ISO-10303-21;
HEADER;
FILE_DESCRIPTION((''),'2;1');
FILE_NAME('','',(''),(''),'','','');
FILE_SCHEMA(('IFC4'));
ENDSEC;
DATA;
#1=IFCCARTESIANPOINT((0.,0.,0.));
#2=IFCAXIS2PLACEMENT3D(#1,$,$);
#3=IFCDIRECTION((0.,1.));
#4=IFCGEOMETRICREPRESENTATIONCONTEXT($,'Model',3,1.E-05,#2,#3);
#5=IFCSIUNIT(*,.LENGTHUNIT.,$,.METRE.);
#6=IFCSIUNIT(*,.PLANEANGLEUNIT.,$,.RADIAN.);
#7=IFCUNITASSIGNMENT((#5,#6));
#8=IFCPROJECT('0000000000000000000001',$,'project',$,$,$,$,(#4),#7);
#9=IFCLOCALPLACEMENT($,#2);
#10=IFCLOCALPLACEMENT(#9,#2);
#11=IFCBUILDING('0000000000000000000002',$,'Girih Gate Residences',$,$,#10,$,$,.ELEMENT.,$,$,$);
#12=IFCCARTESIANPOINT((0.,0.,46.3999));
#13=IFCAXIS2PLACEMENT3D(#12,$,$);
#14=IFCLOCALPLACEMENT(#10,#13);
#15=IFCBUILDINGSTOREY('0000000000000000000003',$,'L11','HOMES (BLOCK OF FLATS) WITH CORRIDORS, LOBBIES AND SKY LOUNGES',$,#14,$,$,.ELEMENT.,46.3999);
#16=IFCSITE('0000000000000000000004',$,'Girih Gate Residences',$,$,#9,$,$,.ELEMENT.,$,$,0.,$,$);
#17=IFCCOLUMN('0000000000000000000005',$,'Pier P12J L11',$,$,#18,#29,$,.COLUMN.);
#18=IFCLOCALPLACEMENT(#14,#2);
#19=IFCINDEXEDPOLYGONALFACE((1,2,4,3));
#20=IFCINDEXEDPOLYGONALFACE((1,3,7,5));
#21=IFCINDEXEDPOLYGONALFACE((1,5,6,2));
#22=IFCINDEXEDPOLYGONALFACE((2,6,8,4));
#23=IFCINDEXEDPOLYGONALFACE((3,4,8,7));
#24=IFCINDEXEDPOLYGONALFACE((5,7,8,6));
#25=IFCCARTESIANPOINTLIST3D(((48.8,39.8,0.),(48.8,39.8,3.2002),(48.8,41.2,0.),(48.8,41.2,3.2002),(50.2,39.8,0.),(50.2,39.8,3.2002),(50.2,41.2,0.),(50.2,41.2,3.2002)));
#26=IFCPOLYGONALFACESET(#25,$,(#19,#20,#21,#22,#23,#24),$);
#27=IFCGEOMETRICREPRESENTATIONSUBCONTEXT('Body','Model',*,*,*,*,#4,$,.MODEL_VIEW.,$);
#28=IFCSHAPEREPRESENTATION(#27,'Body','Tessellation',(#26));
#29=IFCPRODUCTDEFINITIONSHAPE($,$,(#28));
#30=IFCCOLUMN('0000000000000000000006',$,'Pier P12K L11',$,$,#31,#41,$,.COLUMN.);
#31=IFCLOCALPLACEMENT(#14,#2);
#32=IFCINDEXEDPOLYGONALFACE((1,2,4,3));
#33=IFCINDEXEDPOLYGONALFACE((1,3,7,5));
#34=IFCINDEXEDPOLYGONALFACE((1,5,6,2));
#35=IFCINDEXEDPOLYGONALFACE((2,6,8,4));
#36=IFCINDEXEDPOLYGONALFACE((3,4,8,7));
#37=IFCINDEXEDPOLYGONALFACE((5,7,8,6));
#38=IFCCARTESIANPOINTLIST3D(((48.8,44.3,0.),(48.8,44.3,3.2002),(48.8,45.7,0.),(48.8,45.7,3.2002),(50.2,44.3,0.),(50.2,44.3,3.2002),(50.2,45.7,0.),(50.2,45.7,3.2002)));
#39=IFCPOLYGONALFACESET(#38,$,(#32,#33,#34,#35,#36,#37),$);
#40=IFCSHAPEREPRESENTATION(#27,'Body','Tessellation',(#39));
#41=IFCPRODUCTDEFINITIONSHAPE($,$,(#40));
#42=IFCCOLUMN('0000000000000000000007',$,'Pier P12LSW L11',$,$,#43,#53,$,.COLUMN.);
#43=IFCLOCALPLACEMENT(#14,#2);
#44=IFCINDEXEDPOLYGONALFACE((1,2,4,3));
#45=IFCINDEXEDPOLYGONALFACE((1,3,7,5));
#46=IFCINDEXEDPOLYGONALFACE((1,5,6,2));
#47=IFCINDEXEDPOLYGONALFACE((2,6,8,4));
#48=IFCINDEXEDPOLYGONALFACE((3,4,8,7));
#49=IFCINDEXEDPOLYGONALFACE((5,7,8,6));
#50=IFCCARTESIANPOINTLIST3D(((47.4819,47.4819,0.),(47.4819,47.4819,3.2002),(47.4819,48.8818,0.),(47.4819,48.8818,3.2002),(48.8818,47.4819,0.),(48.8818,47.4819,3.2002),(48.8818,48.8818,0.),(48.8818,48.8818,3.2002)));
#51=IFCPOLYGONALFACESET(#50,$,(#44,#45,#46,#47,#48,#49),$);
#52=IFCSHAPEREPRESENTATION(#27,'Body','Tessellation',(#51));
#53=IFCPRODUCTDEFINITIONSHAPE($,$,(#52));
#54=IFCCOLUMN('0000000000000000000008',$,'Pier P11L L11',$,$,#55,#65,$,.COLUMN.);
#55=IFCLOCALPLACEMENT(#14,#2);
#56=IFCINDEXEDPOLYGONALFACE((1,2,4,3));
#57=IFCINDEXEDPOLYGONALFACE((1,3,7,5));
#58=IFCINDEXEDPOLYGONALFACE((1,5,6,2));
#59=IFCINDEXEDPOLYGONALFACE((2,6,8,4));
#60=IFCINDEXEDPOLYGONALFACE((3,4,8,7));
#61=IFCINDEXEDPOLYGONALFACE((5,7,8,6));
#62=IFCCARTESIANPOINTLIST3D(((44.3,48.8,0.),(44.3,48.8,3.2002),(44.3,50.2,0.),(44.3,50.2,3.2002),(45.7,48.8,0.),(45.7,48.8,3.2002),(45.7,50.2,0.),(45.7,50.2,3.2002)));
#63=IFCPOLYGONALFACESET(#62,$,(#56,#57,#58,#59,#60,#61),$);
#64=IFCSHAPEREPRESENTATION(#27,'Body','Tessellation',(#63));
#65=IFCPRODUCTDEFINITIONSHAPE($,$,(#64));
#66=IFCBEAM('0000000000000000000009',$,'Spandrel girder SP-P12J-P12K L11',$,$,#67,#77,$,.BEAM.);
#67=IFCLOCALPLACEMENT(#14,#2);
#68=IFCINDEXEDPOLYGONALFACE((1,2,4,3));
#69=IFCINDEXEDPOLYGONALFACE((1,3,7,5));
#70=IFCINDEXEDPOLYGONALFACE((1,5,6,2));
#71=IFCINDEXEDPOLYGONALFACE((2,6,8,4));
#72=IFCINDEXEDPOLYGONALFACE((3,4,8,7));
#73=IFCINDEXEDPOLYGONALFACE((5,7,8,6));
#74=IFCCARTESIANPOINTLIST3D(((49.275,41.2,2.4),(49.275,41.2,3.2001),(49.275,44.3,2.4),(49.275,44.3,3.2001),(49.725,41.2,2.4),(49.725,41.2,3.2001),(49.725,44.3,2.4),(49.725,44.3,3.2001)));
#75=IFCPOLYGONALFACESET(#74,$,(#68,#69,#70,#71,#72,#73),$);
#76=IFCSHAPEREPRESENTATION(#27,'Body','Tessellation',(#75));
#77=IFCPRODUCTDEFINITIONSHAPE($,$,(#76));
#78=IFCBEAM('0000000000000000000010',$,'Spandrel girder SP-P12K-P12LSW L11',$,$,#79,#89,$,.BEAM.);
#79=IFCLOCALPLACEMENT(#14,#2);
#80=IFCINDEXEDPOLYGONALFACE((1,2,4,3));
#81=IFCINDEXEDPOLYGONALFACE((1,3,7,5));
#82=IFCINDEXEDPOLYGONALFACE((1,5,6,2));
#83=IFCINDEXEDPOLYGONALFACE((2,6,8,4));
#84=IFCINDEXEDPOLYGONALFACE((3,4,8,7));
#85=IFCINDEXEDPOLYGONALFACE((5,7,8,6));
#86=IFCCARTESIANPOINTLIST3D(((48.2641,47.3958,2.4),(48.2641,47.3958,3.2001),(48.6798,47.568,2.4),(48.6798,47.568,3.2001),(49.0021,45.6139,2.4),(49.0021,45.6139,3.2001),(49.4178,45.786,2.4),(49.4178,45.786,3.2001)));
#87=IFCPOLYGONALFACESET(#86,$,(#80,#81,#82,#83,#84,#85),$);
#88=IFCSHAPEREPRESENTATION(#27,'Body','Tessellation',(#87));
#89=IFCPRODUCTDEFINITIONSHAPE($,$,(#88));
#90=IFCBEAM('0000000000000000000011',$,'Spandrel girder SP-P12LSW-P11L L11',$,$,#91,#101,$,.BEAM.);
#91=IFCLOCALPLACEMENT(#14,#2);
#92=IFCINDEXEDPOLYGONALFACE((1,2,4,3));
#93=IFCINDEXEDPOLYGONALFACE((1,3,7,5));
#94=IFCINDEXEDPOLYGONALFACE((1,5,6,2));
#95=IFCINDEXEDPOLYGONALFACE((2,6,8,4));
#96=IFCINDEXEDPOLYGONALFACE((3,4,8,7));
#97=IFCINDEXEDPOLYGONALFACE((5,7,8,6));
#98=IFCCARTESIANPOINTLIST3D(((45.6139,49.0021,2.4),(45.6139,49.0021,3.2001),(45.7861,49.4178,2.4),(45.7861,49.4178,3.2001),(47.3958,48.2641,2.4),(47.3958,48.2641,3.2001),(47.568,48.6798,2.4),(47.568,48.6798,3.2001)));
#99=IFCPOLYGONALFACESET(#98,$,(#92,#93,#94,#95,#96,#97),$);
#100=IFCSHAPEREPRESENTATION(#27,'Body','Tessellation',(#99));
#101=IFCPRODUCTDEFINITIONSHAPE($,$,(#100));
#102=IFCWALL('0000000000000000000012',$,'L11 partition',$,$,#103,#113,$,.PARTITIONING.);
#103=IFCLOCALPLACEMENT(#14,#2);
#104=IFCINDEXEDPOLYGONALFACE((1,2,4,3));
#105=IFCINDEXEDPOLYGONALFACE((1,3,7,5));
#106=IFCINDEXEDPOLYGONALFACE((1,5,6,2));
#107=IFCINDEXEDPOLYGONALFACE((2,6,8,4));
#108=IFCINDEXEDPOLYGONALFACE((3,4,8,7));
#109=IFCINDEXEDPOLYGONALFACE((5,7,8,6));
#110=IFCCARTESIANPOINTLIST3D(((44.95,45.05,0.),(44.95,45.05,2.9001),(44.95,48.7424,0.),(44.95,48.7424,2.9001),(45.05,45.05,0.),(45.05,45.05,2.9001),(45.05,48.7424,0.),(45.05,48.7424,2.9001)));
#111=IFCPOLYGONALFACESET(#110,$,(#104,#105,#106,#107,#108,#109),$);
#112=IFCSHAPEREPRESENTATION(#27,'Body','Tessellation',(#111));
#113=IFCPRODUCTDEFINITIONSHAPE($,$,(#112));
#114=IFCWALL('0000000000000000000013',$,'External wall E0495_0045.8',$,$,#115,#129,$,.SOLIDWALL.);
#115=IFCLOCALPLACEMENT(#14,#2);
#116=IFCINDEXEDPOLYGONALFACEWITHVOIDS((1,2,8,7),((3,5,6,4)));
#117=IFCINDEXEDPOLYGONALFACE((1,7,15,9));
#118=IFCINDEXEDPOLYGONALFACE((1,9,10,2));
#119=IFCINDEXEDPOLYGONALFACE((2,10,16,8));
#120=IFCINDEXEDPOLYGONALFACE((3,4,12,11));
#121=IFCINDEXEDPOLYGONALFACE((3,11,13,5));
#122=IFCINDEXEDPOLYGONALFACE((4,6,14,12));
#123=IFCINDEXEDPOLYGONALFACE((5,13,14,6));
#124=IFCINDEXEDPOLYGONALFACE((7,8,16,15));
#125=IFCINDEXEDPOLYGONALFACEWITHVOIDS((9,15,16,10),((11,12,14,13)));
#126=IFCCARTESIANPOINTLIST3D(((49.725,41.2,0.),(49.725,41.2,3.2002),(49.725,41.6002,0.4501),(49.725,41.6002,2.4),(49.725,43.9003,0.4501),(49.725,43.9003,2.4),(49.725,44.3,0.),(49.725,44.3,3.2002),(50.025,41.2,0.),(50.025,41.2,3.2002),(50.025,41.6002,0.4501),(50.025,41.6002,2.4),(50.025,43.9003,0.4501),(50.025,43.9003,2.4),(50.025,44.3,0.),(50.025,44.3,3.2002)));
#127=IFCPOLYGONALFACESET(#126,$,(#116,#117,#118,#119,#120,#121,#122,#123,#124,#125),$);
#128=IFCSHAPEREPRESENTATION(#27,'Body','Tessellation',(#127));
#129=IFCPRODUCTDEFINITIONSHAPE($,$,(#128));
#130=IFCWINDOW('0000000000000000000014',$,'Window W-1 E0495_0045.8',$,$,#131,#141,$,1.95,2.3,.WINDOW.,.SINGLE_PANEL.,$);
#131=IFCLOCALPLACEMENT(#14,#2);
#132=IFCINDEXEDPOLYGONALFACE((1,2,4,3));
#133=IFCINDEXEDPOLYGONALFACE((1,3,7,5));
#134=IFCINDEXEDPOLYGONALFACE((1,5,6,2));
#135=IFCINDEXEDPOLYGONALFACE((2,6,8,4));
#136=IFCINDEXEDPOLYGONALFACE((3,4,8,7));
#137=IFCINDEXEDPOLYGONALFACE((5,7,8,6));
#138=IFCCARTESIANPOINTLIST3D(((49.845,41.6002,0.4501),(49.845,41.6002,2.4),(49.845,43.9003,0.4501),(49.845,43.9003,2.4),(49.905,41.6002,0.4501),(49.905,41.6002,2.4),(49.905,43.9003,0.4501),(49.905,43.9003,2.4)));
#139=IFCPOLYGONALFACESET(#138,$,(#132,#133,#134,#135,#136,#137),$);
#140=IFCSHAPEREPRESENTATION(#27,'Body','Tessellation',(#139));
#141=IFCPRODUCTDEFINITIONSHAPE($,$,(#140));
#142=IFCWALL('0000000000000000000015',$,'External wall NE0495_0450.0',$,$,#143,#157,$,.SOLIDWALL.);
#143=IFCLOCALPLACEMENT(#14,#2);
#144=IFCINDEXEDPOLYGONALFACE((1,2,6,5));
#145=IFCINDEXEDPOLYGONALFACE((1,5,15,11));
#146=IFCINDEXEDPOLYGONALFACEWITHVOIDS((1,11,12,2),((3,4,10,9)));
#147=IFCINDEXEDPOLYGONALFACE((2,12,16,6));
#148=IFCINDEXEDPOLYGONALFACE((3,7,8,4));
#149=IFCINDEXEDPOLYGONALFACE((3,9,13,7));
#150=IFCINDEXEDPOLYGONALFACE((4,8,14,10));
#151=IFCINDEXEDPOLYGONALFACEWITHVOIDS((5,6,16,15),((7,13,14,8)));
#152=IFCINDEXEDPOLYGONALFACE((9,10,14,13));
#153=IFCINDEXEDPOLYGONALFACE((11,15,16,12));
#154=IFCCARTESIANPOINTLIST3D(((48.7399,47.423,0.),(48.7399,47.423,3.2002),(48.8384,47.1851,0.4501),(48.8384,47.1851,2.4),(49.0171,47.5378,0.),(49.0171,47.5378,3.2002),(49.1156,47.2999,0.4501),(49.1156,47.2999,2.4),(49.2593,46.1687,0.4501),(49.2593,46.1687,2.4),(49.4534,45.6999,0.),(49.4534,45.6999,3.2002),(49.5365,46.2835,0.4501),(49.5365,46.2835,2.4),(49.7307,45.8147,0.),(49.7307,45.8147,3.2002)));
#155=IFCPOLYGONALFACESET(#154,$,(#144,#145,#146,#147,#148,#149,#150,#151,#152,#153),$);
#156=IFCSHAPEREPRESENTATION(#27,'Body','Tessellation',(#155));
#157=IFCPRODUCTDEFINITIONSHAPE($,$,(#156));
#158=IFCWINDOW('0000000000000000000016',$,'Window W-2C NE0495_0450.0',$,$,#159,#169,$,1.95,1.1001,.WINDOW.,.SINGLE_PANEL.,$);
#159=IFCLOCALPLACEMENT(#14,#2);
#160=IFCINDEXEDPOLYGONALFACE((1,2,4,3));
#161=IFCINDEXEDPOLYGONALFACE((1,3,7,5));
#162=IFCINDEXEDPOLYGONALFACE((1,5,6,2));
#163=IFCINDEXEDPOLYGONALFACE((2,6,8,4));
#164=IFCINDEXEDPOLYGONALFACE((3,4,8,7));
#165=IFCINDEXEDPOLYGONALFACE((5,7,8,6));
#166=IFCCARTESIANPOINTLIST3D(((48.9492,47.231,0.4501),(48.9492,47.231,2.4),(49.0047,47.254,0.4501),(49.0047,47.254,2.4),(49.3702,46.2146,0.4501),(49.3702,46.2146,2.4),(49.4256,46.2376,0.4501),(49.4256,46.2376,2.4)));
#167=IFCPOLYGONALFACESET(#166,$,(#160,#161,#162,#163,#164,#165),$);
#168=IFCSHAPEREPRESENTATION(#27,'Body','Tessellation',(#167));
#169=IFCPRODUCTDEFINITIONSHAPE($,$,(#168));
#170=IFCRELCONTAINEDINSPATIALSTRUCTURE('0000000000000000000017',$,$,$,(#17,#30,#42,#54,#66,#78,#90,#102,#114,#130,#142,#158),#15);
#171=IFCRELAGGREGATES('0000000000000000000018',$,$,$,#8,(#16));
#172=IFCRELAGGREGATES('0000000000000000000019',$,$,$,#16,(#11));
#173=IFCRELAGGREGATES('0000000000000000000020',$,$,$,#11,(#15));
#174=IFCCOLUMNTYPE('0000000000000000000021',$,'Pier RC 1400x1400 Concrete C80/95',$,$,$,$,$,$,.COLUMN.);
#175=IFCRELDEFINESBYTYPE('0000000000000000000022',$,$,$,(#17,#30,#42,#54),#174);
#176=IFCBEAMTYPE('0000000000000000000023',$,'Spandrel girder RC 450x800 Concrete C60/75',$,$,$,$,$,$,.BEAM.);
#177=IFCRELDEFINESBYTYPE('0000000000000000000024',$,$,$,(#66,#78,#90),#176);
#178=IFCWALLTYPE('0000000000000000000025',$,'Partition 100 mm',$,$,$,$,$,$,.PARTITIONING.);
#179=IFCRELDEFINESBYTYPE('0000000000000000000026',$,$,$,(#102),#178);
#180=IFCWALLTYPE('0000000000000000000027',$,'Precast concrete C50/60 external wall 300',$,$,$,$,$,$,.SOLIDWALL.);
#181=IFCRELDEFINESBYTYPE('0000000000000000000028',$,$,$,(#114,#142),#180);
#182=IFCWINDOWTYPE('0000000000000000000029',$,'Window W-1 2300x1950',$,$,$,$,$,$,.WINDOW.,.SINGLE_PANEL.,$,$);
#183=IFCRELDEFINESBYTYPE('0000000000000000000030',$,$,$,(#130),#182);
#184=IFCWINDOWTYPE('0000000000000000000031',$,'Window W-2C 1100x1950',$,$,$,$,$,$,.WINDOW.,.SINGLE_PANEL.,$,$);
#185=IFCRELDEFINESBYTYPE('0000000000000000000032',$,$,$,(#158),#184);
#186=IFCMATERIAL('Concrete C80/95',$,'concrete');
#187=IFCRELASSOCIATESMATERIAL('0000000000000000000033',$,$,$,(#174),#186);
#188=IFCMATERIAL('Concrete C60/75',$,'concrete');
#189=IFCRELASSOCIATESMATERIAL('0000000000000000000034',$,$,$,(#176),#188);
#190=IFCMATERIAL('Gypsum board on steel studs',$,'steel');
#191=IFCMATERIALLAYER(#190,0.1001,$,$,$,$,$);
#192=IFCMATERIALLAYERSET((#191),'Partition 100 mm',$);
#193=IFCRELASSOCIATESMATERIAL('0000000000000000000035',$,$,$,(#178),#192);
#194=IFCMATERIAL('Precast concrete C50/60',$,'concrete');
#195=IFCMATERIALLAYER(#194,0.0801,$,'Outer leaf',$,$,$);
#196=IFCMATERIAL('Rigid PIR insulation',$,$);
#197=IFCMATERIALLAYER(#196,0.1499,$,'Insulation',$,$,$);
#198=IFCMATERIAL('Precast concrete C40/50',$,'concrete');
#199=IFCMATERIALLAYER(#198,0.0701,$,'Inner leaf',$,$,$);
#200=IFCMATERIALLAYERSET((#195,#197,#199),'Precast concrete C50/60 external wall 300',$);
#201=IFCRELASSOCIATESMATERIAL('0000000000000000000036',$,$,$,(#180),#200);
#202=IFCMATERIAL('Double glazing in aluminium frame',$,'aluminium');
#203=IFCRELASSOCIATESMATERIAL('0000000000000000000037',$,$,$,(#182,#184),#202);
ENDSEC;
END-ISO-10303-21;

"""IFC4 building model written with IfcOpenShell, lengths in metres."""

from ifc_helpers import new_model, si_unit, direction, frame, frame_2d, origin, origin_2d, place, context, subcontext, project, spatial, rectangle, extrude, material, layer, layer_set, material_profile, profile_set, type_object, element, fill, save


model = new_model("IFC4")

# Units and contexts
model_context = context("Model", 3, precision=1e-05, world=origin(), true_north=direction((0.0, 1.0)))
body_context = subcontext(model_context, "Body", "Model", "MODEL_VIEW")
ifc_project = project(units=[si_unit("LENGTHUNIT", "METRE"), si_unit("PLANEANGLEUNIT", "RADIAN")], contexts=[model_context])

# Site, building, storey
site_placement = place(None, origin())
site = spatial("IfcSite", under=ifc_project, at=site_placement, Name="Girih Gate Residences", CompositionType="ELEMENT", RefElevation=0.0)
building_placement = place(site_placement, origin())
building = spatial("IfcBuilding", under=site, at=building_placement, Name="Girih Gate Residences", CompositionType="ELEMENT")
storey_placement = place(building_placement, frame((0.0, 0.0, 46.3999)))
storey = spatial("IfcBuildingStorey", under=building, at=storey_placement, Name="L11", Description="HOMES (BLOCK OF FLATS) WITH CORRIDORS, LOBBIES AND SKY LOUNGES", CompositionType="ELEMENT", Elevation=46.3999)

# Columns
ifc_material_1 = material(Name="Concrete C80/95", Category="concrete")
ifc_material_profile_1 = material_profile(ifc_material_1, rectangle(XDim=1.3999, YDim=1.3999, at=origin_2d()))
ifc_profile_set_1 = profile_set([ifc_material_profile_1], Name="Concrete C80/95")
column_type = type_object("IfcColumnType", Name="Pier RC 1400x1400 Concrete C80/95", PredefinedType="COLUMN", material=ifc_profile_set_1)
for number, where, z_axis, x_axis, name in (
    (1, (49.5, 40.5, 0.0), (0.0, 0.0, 1.0), (1.0, 0.0, 0.0), "Pier P12J L11"),
    (2, (49.5, 45.0, 0.0), (0.0, 0.0, 1.0), (1.0, 0.0, 0.0), "Pier P12K L11"),
    (3, (48.1819, 48.1819, 0.0), (0.0, 0.0, 1.0), (1.0, 0.0, 0.0), "Pier P12LSW L11"),
    (4, (45.0, 49.5, 0.0), (0.0, 0.0, 1.0), (1.0, 0.0, 0.0), "Pier P11L L11"),
):
    element("IfcColumn", number, at=place(storey_placement, frame(where, z_axis=z_axis, x_axis=x_axis)), inside=storey, type_object=column_type, Name=name, PredefinedType="COLUMN", context=body_context, shape_type="SweptSolid", body=[
        extrude(rectangle(XDim=1.3999, YDim=1.3999, at=origin_2d()), origin(), (0.0, 0.0, 1.0), 3.2002),
    ])

# Beams
ifc_material_2 = material(Name="Concrete C60/75", Category="concrete")
ifc_material_profile_2 = material_profile(ifc_material_2, rectangle(XDim=0.45, YDim=0.8, at=origin_2d()))
ifc_profile_set_2 = profile_set([ifc_material_profile_2], Name="Concrete C60/75")
beam_type = type_object("IfcBeamType", Name="Spandrel girder RC 450x800 Concrete C60/75", PredefinedType="BEAM", material=ifc_profile_set_2)
beam_placement = place(storey_placement, frame((49.5, 41.2, 2.8), z_axis=(0.0, 1.0, 0.0), x_axis=(-1.0, 0.0, 0.0)))
element("IfcBeam", 5, at=beam_placement, inside=storey, type_object=beam_type, Name="Spandrel girder SP-P12J-P12K L11", PredefinedType="BEAM", context=body_context, shape_type="SweptSolid", body=[
    extrude(rectangle(XDim=0.45, YDim=0.8, at=origin_2d()), origin(), (0.0, 0.0, 1.0), 3.1001),
])
for number, where, z_axis, x_axis, name in (
    (6, (49.21, 45.7, 2.8), (-0.382646, 0.923895, 0.0), (-0.923895, -0.382646, 0.0), "Spandrel girder SP-P12K-P12LSW L11"),
    (7, (47.4819, 48.4719, 2.8), (-0.923895, 0.382646, 0.0), (-0.382646, -0.923895, 0.0), "Spandrel girder SP-P12LSW-P11L L11"),
):
    element("IfcBeam", number, at=place(storey_placement, frame(where, z_axis=z_axis, x_axis=x_axis)), inside=storey, type_object=beam_type, Name=name, PredefinedType="BEAM", context=body_context, shape_type="SweptSolid", body=[
        extrude(rectangle(XDim=0.45, YDim=0.8, at=origin_2d()), origin(), (0.0, 0.0, 1.0), 1.9287),
    ])

# Wall
ifc_material_3 = material(Name="Gypsum board on steel studs", Category="steel")
ifc_layer_1 = layer(ifc_material_3, 0.1001)
ifc_layer_set_1 = layer_set([ifc_layer_1], Name="Partition 100 mm")
wall_type_1 = type_object("IfcWallType", Name="Partition 100 mm", PredefinedType="PARTITIONING", material=ifc_layer_set_1)
wall_1_placement = place(storey_placement, frame((45.0, 45.05, 0.0), z_axis=(0.0, 0.0, 1.0), x_axis=(0.0, 1.0, 0.0)))
element("IfcWall", 8, at=wall_1_placement, inside=storey, type_object=wall_type_1, Name="L11 partition", PredefinedType="PARTITIONING", context=body_context, shape_type="SweptSolid", body=[
    extrude(rectangle(XDim=3.6924, YDim=0.1001, at=frame_2d((1.8462, 0.0))), origin(), (0.0, 0.0, 1.0), 2.9001),
])

# Walls, openings, windows
ifc_material_4 = material(Name="Precast concrete C50/60", Category="concrete")
ifc_layer_2 = layer(ifc_material_4, 0.0801, Name="Outer leaf")
ifc_material_5 = material(Name="Rigid PIR insulation")
ifc_layer_3 = layer(ifc_material_5, 0.1499, Name="Insulation")
ifc_material_6 = material(Name="Precast concrete C40/50", Category="concrete")
ifc_layer_4 = layer(ifc_material_6, 0.0701, Name="Inner leaf")
ifc_layer_set_2 = layer_set([ifc_layer_2, ifc_layer_3, ifc_layer_4], Name="Precast concrete C50/60 external wall 300")
wall_type_2 = type_object("IfcWallType", Name="Precast concrete C50/60 external wall 300", PredefinedType="SOLIDWALL", material=ifc_layer_set_2)
wall_2_placement = place(storey_placement, frame((49.875, 44.3, 0.0), z_axis=(0.0, 0.0, 1.0), x_axis=(0.0, -1.0, 0.0)))
wall_2 = element("IfcWall", 9, at=wall_2_placement, inside=storey, type_object=wall_type_2, Name="External wall E0495_0045.8", PredefinedType="SOLIDWALL", context=body_context, shape_type="SweptSolid", body=[
    extrude(rectangle(XDim=3.1001, YDim=0.3, at=frame_2d((1.55, 0.0))), origin(), (0.0, 0.0, 1.0), 3.2002),
])
opening_1_placement = place(wall_2_placement, frame((0.3999, 0.0, 0.45)))
opening_1 = element("IfcOpeningElement", 10, at=opening_1_placement, cuts=wall_2, PredefinedType="OPENING", context=body_context, shape_type="SweptSolid", body=[
    extrude(rectangle(XDim=2.3, YDim=1.95, at=frame_2d((1.1499, 0.9751))), frame((0.0, 0.1599, 0.0), z_axis=(0.0, -1.0, 0.0), x_axis=(1.0, 0.0, 0.0)), (0.0, 0.0, 1.0), 0.3201),
])
ifc_material_7 = material(Name="Double glazing in aluminium frame", Category="aluminium")
window_type_1 = type_object("IfcWindowType", Name="Window W-1 2300x1950", PartitioningType="SINGLE_PANEL", PredefinedType="WINDOW", material=ifc_material_7)
window_1_placement = place(opening_1_placement, origin())
window_1 = element("IfcWindow", 11, at=window_1_placement, inside=storey, type_object=window_type_1, Name="Window W-1 E0495_0045.8", OverallHeight=1.95, OverallWidth=2.3, PartitioningType="SINGLE_PANEL", PredefinedType="WINDOW", context=body_context, shape_type="SweptSolid", body=[
    extrude(rectangle(XDim=2.3, YDim=1.95, at=frame_2d((1.1499, 0.9751))), frame((0.0, 0.03, 0.0), z_axis=(0.0, -1.0, 0.0), x_axis=(1.0, 0.0, 0.0)), (0.0, 0.0, 1.0), 0.0601),
])
fill(opening_1, window_1)
wall_3_placement = place(storey_placement, frame((48.8784, 47.4805, 0.0), z_axis=(0.0, 0.0, 1.0), x_axis=(0.382625, -0.923904, 0.0)))
wall_3 = element("IfcWall", 12, at=wall_3_placement, inside=storey, type_object=wall_type_2, Name="External wall NE0495_0450.0", PredefinedType="SOLIDWALL", context=body_context, shape_type="SweptSolid", body=[
    extrude(rectangle(XDim=1.865, YDim=0.3, at=frame_2d((0.9326, 0.0))), origin(), (0.0, 0.0, 1.0), 3.2002),
])
opening_2_placement = place(wall_3_placement, frame((0.2576, 0.0, 0.45)))
opening_2 = element("IfcOpeningElement", 13, at=opening_2_placement, cuts=wall_3, PredefinedType="OPENING", context=body_context, shape_type="SweptSolid", body=[
    extrude(rectangle(XDim=1.1001, YDim=1.95, at=frame_2d((0.55, 0.9751))), frame((0.0, 0.1599, 0.0), z_axis=(0.0, -1.0, 0.0), x_axis=(1.0, 0.0, 0.0)), (0.0, 0.0, 1.0), 0.3201),
])
window_type_2 = type_object("IfcWindowType", Name="Window W-2C 1100x1950", PartitioningType="SINGLE_PANEL", PredefinedType="WINDOW", material=ifc_material_7)
window_2_placement = place(opening_2_placement, origin())
window_2 = element("IfcWindow", 14, at=window_2_placement, inside=storey, type_object=window_type_2, Name="Window W-2C NE0495_0450.0", OverallHeight=1.95, OverallWidth=1.1001, PartitioningType="SINGLE_PANEL", PredefinedType="WINDOW", context=body_context, shape_type="SweptSolid", body=[
    extrude(rectangle(XDim=1.1001, YDim=1.95, at=frame_2d((0.55, 0.9751))), frame((0.0, 0.03, 0.0), z_axis=(0.0, -1.0, 0.0), x_axis=(1.0, 0.0, 0.0)), (0.0, 0.0, 1.0), 0.0601),
])
fill(opening_2, window_2)

save(model, "model.ifc")
